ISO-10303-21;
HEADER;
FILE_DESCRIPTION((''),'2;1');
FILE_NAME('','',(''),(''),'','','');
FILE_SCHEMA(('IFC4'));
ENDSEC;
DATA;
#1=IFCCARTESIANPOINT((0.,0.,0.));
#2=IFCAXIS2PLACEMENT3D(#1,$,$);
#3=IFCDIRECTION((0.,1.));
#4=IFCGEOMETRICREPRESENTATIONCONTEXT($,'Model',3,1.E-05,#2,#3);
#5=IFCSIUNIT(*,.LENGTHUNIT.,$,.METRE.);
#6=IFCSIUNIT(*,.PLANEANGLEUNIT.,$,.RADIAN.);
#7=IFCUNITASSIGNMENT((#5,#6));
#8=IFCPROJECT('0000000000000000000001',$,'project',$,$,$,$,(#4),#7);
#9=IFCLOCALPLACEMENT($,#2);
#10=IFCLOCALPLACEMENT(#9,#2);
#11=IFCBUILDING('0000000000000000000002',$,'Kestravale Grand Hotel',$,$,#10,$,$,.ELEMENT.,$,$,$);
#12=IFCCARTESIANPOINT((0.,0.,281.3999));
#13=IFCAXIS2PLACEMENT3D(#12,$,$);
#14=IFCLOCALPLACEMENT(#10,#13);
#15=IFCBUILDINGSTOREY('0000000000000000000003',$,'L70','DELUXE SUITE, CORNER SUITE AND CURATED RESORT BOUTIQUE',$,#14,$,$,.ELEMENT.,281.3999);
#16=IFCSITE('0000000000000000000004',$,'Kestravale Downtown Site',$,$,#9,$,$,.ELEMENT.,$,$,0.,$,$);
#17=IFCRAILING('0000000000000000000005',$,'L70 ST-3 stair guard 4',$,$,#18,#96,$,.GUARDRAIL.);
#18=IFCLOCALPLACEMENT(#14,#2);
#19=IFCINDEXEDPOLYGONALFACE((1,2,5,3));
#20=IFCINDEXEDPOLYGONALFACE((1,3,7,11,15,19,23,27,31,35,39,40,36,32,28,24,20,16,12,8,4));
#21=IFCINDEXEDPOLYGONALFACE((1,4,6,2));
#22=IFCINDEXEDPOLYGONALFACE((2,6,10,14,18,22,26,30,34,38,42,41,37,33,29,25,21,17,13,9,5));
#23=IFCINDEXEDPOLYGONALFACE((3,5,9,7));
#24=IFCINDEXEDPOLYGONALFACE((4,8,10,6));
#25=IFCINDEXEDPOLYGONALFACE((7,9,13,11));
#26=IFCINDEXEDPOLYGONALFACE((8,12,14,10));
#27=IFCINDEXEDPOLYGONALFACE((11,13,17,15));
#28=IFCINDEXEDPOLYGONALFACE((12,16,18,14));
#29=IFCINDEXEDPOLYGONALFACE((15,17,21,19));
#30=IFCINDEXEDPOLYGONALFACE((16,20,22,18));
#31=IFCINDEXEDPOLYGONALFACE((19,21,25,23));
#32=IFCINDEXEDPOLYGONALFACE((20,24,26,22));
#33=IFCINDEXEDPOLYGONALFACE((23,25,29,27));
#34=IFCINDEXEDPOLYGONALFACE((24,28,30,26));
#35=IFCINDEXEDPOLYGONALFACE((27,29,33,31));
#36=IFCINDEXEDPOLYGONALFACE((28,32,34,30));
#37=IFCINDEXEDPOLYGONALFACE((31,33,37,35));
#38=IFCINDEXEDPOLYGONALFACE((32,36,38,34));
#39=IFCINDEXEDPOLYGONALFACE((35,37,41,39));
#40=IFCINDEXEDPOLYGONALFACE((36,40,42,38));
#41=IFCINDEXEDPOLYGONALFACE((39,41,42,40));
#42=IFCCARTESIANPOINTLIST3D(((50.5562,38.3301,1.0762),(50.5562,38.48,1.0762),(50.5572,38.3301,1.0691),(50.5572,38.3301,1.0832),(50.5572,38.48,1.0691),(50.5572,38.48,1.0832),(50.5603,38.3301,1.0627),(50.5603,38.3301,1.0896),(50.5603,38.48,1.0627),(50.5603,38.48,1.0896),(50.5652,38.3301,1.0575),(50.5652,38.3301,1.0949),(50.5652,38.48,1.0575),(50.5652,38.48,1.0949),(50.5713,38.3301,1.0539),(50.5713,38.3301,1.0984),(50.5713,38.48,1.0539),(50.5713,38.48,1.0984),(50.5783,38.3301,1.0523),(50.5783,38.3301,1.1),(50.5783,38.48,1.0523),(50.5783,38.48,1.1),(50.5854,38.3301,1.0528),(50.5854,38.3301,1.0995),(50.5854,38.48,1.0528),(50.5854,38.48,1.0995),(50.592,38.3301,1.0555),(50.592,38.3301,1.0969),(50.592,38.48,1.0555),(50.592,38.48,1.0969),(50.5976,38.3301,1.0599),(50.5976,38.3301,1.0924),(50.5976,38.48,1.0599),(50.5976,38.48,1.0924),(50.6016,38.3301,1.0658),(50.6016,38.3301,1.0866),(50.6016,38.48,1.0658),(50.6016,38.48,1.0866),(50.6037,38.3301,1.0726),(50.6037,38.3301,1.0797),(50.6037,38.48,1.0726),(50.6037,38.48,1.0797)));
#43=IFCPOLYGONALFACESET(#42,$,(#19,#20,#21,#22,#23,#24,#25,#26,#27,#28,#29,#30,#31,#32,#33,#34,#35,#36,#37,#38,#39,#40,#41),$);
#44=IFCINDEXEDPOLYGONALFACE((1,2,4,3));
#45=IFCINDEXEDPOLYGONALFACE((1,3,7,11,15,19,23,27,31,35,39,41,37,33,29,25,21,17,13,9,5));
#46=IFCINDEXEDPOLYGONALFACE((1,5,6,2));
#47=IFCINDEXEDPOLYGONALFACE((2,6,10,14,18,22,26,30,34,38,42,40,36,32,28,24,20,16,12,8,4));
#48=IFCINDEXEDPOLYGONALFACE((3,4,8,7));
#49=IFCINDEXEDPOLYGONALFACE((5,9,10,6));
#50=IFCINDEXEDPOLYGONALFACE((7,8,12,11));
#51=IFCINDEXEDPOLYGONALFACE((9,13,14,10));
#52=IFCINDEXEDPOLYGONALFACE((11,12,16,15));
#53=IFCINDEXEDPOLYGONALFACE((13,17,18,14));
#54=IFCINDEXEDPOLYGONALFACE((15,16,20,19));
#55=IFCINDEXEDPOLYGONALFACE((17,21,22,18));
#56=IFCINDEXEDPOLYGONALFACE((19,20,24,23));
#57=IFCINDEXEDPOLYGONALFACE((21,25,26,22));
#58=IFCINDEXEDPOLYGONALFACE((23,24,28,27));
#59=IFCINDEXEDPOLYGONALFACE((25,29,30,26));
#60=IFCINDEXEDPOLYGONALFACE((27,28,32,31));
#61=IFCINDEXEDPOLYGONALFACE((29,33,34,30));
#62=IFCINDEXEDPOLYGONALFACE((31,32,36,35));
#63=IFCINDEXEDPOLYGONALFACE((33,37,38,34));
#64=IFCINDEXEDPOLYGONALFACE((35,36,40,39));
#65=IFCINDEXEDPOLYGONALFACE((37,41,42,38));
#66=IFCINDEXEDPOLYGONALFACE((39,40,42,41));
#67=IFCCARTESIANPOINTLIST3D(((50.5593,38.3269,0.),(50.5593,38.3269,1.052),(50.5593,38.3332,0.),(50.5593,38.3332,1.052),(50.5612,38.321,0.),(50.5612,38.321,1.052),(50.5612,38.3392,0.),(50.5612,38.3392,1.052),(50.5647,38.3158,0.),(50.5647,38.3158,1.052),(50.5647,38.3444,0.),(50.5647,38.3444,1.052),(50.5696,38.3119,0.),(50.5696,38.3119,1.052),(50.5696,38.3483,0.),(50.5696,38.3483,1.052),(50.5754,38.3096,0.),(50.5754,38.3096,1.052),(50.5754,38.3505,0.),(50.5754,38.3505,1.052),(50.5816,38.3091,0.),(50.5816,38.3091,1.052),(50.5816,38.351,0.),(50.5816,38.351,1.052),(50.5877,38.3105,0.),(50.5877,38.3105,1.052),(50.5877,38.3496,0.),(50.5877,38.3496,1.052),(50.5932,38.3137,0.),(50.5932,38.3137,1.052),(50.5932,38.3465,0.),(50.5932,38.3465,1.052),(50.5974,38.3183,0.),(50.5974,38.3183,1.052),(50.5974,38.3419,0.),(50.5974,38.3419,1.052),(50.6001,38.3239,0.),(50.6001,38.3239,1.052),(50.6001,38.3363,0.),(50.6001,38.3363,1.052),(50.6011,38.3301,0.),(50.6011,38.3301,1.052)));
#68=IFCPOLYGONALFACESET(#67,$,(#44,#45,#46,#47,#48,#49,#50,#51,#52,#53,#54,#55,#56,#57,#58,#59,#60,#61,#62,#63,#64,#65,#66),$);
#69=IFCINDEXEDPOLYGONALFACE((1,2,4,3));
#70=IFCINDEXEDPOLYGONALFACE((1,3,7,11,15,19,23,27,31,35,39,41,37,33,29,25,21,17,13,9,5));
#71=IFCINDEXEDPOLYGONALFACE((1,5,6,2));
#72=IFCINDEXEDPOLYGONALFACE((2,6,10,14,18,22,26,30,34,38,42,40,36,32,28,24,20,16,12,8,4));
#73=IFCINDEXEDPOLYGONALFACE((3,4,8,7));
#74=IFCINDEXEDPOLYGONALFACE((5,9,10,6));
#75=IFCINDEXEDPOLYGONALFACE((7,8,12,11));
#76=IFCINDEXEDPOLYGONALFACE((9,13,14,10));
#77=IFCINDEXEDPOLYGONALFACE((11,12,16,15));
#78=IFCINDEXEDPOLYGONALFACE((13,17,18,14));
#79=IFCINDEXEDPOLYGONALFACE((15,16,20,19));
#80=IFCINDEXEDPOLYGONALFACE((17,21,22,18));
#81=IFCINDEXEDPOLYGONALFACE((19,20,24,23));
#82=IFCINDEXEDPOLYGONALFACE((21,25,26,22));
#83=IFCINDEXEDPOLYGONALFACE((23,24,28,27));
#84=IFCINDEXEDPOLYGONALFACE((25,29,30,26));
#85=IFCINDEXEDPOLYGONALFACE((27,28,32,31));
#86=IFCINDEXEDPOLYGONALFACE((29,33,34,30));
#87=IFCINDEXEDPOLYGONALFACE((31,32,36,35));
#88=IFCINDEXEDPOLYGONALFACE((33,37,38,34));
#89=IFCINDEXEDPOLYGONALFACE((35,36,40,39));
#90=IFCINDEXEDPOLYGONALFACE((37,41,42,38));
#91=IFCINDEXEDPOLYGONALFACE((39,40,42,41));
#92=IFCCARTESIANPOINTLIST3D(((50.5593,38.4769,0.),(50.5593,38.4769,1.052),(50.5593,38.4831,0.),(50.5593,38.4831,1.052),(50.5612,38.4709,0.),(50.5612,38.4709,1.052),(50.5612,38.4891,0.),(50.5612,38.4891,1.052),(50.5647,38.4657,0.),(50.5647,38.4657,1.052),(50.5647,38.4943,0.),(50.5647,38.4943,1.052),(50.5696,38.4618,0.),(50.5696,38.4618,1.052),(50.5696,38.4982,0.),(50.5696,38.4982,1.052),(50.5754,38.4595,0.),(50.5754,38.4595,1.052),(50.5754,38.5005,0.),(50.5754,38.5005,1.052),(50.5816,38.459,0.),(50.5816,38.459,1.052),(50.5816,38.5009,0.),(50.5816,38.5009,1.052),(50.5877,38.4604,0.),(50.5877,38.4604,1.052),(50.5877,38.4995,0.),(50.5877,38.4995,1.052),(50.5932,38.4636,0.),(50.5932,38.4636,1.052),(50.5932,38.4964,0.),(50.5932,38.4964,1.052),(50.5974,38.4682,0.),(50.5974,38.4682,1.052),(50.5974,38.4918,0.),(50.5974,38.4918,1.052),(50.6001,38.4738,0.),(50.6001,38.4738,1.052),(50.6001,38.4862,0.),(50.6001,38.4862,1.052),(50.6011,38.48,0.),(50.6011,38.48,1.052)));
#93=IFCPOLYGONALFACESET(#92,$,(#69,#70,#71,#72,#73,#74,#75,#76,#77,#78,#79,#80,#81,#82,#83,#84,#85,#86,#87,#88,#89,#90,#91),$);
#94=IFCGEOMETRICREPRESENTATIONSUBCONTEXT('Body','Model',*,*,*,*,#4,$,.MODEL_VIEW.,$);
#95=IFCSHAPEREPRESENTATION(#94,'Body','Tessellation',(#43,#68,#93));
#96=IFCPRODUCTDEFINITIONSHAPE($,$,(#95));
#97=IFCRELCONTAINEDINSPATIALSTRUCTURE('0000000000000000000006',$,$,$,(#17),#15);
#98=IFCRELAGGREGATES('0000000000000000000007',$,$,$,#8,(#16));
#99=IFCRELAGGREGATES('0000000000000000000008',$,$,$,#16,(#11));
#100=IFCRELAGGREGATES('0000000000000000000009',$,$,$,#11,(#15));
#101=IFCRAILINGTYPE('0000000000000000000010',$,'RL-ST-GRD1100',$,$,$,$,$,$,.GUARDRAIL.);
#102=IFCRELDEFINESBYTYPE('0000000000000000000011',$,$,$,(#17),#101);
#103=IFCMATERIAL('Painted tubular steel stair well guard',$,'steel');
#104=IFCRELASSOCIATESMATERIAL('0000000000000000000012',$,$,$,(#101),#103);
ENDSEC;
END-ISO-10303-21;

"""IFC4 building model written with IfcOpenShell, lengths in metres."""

from ifc_helpers import new_model, si_unit, direction, frame, origin, origin_2d, place, context, subcontext, project, spatial, circle, extrude, material, type_object, element, save


model = new_model("IFC4")

# Units and contexts
model_context = context("Model", 3, precision=1e-05, world=origin(), true_north=direction((0.0, 1.0)))
body_context = subcontext(model_context, "Body", "Model", "MODEL_VIEW")
ifc_project = project(units=[si_unit("LENGTHUNIT", "METRE"), si_unit("PLANEANGLEUNIT", "RADIAN")], contexts=[model_context])

# Site, building, storey
site_placement = place(None, origin())
site = spatial("IfcSite", under=ifc_project, at=site_placement, Name="Kestravale Downtown Site", CompositionType="ELEMENT", RefElevation=0.0)
building_placement = place(site_placement, origin())
building = spatial("IfcBuilding", under=site, at=building_placement, Name="Kestravale Grand Hotel", CompositionType="ELEMENT")
storey_placement = place(building_placement, frame((0.0, 0.0, 281.3999)))
storey = spatial("IfcBuildingStorey", under=building, at=storey_placement, Name="L70", Description="DELUXE SUITE, CORNER SUITE AND CURATED RESORT BOUTIQUE", CompositionType="ELEMENT", Elevation=281.3999)

# Railing
ifc_material_1 = material(Name="Painted tubular steel stair well guard", Category="steel")
railing_type_1 = type_object("IfcRailingType", Name="RL-ST-GRD1100", PredefinedType="GUARDRAIL", material=ifc_material_1)
railing_1_placement = place(storey_placement, frame((50.5801, 38.3301, 0.0)))
element("IfcRailing", 1, at=railing_1_placement, inside=storey, type_object=railing_type_1, Name="L70 ST-3 stair guard 4", PredefinedType="GUARDRAIL", context=body_context, shape_type="SweptSolid", body=[
    extrude(circle(Radius=0.0239, at=origin_2d()), frame((0.0, 0.0, 1.0762), z_axis=(0.0, 1.0, 0.0), x_axis=(-1.0, 0.0, 0.0)), (0.0, 0.0, 1.0), 0.1499),
    extrude(circle(Radius=0.021, at=origin_2d()), origin(), (0.0, 0.0, 1.0), 1.052),
    extrude(circle(Radius=0.021, at=origin_2d()), frame((0.0, 0.1499, 0.0)), (0.0, 0.0, 1.0), 1.052),
])

save(model, "model.ifc")
